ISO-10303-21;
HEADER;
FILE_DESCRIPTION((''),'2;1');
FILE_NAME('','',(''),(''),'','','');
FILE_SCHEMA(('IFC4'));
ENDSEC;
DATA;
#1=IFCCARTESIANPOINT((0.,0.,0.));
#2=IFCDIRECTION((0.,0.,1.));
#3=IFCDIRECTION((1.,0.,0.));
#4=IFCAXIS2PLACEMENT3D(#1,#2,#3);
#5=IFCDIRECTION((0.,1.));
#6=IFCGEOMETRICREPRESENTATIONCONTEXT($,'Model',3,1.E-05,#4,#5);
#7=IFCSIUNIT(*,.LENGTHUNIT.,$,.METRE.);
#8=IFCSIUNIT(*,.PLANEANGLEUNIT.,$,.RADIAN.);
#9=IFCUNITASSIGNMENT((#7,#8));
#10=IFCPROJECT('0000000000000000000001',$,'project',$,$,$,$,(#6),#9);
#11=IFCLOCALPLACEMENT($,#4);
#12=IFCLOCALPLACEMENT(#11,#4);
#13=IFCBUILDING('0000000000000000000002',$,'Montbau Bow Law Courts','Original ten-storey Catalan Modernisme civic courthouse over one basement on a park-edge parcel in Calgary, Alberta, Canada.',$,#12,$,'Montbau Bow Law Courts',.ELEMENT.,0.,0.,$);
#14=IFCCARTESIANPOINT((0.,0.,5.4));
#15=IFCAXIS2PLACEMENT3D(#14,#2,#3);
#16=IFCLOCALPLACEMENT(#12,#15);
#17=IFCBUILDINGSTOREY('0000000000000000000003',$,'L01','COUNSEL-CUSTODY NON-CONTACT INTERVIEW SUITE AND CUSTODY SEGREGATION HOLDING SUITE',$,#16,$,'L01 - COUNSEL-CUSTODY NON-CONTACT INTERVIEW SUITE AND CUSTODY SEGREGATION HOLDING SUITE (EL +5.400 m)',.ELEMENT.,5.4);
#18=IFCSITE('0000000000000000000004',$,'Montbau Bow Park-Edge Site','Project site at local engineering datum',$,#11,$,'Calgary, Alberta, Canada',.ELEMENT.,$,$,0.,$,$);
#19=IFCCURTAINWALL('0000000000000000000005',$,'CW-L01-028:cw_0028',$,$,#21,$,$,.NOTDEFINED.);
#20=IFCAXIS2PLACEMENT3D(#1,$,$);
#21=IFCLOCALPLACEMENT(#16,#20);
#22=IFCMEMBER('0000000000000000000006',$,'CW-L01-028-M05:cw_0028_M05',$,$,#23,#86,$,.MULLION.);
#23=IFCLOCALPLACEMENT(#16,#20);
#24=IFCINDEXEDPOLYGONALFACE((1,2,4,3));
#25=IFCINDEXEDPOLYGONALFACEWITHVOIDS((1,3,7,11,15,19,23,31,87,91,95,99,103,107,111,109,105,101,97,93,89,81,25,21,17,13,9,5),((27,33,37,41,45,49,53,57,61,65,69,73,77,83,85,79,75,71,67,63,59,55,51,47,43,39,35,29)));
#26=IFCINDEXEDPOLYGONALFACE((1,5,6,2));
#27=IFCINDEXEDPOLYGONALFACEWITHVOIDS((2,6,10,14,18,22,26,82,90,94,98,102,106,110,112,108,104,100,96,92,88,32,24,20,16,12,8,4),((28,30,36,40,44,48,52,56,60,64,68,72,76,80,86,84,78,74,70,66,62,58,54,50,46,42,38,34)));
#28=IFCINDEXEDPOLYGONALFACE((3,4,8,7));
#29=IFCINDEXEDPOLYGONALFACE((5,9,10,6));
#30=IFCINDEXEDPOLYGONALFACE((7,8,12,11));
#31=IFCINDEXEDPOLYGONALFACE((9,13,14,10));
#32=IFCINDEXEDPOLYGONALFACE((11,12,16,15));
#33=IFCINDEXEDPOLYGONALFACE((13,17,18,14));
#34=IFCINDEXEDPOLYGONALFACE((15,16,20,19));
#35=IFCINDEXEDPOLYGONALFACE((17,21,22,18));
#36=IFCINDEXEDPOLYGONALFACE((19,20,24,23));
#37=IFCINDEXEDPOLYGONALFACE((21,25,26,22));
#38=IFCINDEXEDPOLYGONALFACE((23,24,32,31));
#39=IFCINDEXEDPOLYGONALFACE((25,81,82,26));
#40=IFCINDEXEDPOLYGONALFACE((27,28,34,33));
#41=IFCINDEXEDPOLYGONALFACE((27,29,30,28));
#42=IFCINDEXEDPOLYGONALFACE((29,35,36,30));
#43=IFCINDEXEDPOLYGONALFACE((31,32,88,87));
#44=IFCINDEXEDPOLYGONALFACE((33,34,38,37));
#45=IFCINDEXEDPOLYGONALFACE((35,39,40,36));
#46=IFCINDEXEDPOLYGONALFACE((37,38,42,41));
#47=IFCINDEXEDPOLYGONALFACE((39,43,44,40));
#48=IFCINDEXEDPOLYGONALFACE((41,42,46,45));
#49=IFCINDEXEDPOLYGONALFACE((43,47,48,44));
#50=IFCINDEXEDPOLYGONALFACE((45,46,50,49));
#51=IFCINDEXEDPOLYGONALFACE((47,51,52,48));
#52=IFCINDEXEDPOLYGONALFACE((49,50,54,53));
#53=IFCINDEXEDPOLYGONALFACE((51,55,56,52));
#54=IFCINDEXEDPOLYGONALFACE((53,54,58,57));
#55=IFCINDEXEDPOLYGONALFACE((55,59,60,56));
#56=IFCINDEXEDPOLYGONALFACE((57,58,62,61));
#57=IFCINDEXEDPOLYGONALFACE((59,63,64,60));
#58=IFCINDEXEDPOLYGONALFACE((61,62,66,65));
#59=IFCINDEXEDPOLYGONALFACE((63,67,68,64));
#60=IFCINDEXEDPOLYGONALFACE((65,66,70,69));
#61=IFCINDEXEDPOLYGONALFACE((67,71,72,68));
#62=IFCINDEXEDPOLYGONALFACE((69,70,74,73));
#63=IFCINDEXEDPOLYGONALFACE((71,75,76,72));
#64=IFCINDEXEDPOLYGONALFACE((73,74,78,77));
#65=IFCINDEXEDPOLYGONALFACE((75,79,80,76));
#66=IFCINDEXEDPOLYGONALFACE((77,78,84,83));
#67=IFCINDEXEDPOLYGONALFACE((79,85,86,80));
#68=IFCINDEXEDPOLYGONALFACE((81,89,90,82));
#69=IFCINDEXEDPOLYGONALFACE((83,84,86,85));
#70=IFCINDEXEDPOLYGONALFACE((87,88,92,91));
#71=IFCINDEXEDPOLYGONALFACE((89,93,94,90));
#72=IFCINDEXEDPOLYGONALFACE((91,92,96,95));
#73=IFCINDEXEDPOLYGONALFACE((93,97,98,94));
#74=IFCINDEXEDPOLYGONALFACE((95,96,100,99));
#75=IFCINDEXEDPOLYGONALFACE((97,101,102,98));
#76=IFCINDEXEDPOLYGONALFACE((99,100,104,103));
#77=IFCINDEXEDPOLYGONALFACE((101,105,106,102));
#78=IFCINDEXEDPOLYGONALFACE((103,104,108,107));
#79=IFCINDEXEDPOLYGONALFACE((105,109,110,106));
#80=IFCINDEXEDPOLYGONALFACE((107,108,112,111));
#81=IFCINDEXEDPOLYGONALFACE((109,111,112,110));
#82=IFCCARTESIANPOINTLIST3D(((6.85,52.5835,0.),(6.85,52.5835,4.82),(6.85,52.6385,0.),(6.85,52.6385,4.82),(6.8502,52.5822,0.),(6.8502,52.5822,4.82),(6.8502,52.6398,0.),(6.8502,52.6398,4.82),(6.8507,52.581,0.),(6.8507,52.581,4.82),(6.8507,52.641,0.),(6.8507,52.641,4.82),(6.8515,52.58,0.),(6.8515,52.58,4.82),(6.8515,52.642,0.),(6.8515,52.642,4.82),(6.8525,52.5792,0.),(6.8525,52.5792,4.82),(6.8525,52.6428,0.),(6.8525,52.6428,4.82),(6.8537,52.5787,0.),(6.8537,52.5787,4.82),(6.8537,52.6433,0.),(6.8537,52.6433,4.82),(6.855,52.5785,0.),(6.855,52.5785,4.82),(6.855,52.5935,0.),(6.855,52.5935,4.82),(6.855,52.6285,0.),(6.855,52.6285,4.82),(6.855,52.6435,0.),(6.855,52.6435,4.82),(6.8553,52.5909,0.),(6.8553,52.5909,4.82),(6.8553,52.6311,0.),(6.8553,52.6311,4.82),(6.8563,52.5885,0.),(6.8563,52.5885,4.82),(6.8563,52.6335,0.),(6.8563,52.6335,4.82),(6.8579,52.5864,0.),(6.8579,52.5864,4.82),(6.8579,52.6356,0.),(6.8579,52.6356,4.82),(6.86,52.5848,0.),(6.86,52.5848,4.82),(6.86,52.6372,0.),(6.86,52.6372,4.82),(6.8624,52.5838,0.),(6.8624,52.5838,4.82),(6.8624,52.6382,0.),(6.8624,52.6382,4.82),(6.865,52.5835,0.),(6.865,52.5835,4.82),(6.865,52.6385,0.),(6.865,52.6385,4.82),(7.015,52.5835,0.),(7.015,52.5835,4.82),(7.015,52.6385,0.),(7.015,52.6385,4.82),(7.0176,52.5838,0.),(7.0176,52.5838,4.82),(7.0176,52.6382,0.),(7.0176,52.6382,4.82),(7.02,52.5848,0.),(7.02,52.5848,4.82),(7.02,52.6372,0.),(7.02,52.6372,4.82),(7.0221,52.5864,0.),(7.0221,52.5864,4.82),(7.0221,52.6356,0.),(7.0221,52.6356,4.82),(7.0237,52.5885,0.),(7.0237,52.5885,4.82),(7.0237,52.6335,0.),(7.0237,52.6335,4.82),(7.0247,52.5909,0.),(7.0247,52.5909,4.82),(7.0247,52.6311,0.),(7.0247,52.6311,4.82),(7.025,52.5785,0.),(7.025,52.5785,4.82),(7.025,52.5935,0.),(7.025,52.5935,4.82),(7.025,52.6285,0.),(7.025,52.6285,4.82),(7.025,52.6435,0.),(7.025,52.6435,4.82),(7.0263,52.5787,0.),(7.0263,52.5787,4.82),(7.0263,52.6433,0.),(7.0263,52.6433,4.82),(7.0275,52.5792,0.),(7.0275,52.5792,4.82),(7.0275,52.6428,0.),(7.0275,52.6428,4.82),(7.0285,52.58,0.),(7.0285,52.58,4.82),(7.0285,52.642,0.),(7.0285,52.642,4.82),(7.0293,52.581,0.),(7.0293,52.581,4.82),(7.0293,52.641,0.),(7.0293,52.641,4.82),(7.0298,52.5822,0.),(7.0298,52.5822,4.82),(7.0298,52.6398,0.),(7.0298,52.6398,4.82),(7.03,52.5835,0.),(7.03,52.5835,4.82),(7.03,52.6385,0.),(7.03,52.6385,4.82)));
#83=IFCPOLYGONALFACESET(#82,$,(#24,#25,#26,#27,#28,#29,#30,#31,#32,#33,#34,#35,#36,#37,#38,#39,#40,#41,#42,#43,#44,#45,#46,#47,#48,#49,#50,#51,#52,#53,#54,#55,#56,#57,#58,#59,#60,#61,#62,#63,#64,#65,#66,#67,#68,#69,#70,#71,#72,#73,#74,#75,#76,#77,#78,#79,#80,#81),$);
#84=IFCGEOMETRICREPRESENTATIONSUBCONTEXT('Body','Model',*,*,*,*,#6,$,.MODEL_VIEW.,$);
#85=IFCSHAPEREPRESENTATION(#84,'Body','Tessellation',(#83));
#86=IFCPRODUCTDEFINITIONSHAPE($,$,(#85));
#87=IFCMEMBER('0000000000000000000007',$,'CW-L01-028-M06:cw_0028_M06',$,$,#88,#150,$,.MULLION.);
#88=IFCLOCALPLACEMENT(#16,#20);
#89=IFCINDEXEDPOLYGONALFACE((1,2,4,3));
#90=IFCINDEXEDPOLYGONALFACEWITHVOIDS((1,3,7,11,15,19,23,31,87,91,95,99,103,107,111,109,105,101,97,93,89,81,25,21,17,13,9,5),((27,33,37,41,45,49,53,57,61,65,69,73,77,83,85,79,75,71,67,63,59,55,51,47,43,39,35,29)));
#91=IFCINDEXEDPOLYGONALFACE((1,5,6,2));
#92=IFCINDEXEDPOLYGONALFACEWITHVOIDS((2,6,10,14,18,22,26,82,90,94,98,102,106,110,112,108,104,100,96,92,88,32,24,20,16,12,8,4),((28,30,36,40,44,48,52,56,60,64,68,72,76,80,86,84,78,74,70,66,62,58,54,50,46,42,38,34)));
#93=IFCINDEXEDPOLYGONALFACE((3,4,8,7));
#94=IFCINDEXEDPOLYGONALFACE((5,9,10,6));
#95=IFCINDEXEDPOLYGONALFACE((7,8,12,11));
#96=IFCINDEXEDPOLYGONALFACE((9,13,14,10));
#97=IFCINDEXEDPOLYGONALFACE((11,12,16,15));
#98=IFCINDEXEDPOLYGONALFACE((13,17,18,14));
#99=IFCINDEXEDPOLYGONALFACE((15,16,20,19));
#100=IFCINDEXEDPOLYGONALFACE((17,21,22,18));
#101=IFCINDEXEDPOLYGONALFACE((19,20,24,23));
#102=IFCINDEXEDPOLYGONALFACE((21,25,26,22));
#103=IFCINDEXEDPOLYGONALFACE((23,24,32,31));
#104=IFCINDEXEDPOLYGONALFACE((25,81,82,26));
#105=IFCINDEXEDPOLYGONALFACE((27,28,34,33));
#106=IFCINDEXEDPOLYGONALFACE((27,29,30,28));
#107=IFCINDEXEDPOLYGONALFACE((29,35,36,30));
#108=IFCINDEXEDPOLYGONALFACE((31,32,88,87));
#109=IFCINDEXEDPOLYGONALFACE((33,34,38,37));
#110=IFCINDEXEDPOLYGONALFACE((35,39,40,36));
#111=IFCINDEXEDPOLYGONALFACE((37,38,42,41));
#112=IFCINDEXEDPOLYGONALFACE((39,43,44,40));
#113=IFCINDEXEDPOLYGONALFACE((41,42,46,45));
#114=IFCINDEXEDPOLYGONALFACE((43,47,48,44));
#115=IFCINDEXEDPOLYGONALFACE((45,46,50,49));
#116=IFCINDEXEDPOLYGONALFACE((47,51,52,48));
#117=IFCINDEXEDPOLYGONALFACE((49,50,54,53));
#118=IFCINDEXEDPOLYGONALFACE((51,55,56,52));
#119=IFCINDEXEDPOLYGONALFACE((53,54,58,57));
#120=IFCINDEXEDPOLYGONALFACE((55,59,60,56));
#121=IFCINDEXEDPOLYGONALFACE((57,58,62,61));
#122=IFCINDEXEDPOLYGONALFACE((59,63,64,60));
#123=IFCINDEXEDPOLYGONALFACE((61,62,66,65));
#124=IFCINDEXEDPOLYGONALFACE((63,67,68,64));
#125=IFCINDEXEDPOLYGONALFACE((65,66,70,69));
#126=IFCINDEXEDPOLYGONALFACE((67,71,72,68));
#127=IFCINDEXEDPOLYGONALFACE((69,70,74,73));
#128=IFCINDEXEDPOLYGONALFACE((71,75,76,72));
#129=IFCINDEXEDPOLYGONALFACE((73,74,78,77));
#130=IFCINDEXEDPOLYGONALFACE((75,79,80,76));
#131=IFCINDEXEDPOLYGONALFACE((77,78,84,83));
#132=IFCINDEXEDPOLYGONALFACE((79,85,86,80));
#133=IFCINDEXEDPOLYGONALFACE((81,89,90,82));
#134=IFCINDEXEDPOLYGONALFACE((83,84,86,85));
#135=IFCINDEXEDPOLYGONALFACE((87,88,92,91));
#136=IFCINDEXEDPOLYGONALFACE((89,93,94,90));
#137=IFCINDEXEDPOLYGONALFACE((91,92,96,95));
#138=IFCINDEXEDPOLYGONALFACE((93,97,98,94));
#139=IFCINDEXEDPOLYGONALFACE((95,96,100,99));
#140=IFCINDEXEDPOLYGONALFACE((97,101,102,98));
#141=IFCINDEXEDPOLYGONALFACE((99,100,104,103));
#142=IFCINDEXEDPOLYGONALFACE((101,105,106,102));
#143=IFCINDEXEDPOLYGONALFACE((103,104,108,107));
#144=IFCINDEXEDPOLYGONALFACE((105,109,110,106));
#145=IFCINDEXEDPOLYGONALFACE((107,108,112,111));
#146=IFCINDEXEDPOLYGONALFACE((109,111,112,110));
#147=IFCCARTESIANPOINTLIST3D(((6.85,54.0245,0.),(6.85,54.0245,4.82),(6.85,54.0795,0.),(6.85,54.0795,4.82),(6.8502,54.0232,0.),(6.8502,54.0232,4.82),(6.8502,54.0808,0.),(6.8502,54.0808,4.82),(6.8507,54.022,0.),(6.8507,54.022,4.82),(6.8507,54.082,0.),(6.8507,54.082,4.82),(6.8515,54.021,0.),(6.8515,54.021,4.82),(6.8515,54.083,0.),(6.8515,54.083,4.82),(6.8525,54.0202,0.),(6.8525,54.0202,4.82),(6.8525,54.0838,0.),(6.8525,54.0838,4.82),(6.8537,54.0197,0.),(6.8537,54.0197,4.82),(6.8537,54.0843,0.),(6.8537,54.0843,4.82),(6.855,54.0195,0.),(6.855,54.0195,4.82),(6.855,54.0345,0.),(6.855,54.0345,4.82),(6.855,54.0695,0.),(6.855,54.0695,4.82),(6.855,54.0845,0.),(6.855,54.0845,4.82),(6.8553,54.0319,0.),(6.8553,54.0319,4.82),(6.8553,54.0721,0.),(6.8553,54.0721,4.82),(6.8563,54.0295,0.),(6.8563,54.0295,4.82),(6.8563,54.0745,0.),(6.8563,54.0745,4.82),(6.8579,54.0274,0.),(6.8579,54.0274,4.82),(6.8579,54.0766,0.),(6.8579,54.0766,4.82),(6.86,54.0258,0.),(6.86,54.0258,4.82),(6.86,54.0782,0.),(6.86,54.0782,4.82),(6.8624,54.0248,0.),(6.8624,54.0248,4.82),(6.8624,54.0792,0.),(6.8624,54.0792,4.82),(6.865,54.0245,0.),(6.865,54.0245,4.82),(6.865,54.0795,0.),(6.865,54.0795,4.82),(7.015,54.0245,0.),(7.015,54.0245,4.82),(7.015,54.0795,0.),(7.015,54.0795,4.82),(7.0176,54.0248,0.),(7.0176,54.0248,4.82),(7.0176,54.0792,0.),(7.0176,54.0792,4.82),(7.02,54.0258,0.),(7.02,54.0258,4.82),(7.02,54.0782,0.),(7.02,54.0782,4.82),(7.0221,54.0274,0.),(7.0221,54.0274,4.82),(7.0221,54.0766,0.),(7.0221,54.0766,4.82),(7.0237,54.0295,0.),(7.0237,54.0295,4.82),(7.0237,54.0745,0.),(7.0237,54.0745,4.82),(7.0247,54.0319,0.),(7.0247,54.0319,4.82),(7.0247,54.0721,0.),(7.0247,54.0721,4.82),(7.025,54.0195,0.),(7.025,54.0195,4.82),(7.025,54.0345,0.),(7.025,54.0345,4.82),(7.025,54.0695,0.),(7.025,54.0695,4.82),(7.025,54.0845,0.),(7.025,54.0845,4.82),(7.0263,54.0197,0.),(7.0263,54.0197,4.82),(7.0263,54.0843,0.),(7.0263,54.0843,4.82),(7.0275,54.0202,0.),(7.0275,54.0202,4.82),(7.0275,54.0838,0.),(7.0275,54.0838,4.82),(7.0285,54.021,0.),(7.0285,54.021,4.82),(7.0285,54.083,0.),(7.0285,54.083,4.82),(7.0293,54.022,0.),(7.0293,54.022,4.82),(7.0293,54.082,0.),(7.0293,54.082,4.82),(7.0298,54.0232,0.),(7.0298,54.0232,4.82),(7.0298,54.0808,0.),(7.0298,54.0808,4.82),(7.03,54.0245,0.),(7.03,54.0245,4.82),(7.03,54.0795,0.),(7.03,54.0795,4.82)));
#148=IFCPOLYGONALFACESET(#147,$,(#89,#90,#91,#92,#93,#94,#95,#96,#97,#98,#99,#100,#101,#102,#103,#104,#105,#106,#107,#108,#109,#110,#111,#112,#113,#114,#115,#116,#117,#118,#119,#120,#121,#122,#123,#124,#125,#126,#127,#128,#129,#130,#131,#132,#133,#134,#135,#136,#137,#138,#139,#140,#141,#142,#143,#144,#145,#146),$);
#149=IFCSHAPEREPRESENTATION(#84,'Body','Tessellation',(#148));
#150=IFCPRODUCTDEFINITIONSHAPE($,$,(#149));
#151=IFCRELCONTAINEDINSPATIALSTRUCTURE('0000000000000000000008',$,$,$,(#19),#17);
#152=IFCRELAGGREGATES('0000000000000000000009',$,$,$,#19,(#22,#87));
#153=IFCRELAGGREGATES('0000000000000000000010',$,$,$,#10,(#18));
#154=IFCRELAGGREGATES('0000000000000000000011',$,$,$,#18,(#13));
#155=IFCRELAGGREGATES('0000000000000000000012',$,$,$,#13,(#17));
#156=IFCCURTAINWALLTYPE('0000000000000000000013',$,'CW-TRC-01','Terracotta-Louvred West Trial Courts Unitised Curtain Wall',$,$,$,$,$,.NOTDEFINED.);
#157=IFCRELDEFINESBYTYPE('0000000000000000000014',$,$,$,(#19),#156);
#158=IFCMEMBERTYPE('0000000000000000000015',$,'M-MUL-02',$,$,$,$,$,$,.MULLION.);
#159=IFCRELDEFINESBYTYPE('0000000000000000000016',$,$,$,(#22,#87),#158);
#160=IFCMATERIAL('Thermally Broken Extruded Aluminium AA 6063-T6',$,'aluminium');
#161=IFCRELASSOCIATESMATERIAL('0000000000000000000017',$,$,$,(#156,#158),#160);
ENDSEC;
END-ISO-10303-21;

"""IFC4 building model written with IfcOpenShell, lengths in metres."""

from ifc_helpers import new_model, si_unit, direction, frame, origin_with_axes, origin_2d_with_axis, place, context, subcontext, project, spatial, hollow_rectangle, extrude, material, material_profile, profile_set, type_object, element, aggregate, save


model = new_model("IFC4")

# Units and contexts
model_context = context("Model", 3, precision=1e-05, world=origin_with_axes(), true_north=direction((0.0, 1.0)))
body_context = subcontext(model_context, "Body", "Model", "MODEL_VIEW")
ifc_project = project(units=[si_unit("LENGTHUNIT", "METRE"), si_unit("PLANEANGLEUNIT", "RADIAN")], contexts=[model_context])

# Site, building, storey
site_placement = place(None, origin_with_axes())
site = spatial("IfcSite", under=ifc_project, at=site_placement, Name="Montbau Bow Park-Edge Site", Description="Project site at local engineering datum", LongName="Calgary, Alberta, Canada", CompositionType="ELEMENT", RefElevation=0.0)
building_placement = place(site_placement, origin_with_axes())
building = spatial("IfcBuilding", under=site, at=building_placement, Name="Montbau Bow Law Courts", Description="Original ten-storey Catalan Modernisme civic courthouse over one basement on a park-edge parcel in Calgary, Alberta, Canada.", LongName="Montbau Bow Law Courts", CompositionType="ELEMENT", ElevationOfRefHeight=0.0, ElevationOfTerrain=0.0)
storey_placement = place(building_placement, frame((0.0, 0.0, 5.4), z_axis=(0.0, 0.0, 1.0), x_axis=(1.0, 0.0, 0.0)))
storey = spatial("IfcBuildingStorey", under=building, at=storey_placement, Name="L01", Description="COUNSEL-CUSTODY NON-CONTACT INTERVIEW SUITE AND CUSTODY SEGREGATION HOLDING SUITE", LongName="L01 - COUNSEL-CUSTODY NON-CONTACT INTERVIEW SUITE AND CUSTODY SEGREGATION HOLDING SUITE (EL +5.400 m)", CompositionType="ELEMENT", Elevation=5.4)

# Curtain wall, members
ifc_material_1 = material(Name="Thermally Broken Extruded Aluminium AA 6063-T6", Category="aluminium")
curtain_wall_type = type_object("IfcCurtainWallType", Name="CW-TRC-01", Description="Terracotta-Louvred West Trial Courts Unitised Curtain Wall", PredefinedType="NOTDEFINED", material=ifc_material_1)
curtain_wall_1_placement = place(None, frame((6.94, 46.715, 5.4), z_axis=(0.0, 0.0, 1.0), x_axis=(1.0, 0.0, 0.0)))
curtain_wall_1 = element("IfcCurtainWall", 1, at=curtain_wall_1_placement, inside=storey, type_object=curtain_wall_type, Name="CW-L01-028:cw_0028", PredefinedType="NOTDEFINED")
ifc_material_profile_1 = material_profile(ifc_material_1, hollow_rectangle(XDim=0.065, YDim=0.18, WallThickness=0.005, InnerFilletRadius=0.01, OuterFilletRadius=0.005, at=origin_2d_with_axis()), Name="CWM-180X65", Category="Main", Priority=0)
ifc_profile_set_1 = profile_set([ifc_material_profile_1], Name="Thermally Broken Extruded Aluminium AA 6063-T6")
member_type_1 = type_object("IfcMemberType", Name="M-MUL-02", PredefinedType="MULLION", material=ifc_profile_set_1)
member_1_placement = place(None, frame((6.94, 52.611, 5.4), z_axis=(0.0, 0.0, 1.0), x_axis=(0.0, 1.0, 0.0)))
member_1 = element("IfcMember", 2, at=member_1_placement, type_object=member_type_1, Name="CW-L01-028-M05:cw_0028_M05", PredefinedType="MULLION", context=body_context, shape_type="SweptSolid", body=[
    extrude(hollow_rectangle(XDim=0.065, YDim=0.18, WallThickness=0.005, InnerFilletRadius=0.01, OuterFilletRadius=0.005, at=origin_2d_with_axis()), origin_with_axes(), (0.0, 0.0, 1.0), 4.82),
])
member_2_placement = place(None, frame((6.94, 54.052, 5.4), z_axis=(0.0, 0.0, 1.0), x_axis=(0.0, 1.0, 0.0)))
member_2 = element("IfcMember", 3, at=member_2_placement, type_object=member_type_1, Name="CW-L01-028-M06:cw_0028_M06", PredefinedType="MULLION", context=body_context, shape_type="SweptSolid", body=[
    extrude(hollow_rectangle(XDim=0.065, YDim=0.18, WallThickness=0.005, InnerFilletRadius=0.01, OuterFilletRadius=0.005, at=origin_2d_with_axis()), origin_with_axes(), (0.0, 0.0, 1.0), 4.82),
])
aggregate(curtain_wall_1, [member_1, member_2])

save(model, "model.ifc")
